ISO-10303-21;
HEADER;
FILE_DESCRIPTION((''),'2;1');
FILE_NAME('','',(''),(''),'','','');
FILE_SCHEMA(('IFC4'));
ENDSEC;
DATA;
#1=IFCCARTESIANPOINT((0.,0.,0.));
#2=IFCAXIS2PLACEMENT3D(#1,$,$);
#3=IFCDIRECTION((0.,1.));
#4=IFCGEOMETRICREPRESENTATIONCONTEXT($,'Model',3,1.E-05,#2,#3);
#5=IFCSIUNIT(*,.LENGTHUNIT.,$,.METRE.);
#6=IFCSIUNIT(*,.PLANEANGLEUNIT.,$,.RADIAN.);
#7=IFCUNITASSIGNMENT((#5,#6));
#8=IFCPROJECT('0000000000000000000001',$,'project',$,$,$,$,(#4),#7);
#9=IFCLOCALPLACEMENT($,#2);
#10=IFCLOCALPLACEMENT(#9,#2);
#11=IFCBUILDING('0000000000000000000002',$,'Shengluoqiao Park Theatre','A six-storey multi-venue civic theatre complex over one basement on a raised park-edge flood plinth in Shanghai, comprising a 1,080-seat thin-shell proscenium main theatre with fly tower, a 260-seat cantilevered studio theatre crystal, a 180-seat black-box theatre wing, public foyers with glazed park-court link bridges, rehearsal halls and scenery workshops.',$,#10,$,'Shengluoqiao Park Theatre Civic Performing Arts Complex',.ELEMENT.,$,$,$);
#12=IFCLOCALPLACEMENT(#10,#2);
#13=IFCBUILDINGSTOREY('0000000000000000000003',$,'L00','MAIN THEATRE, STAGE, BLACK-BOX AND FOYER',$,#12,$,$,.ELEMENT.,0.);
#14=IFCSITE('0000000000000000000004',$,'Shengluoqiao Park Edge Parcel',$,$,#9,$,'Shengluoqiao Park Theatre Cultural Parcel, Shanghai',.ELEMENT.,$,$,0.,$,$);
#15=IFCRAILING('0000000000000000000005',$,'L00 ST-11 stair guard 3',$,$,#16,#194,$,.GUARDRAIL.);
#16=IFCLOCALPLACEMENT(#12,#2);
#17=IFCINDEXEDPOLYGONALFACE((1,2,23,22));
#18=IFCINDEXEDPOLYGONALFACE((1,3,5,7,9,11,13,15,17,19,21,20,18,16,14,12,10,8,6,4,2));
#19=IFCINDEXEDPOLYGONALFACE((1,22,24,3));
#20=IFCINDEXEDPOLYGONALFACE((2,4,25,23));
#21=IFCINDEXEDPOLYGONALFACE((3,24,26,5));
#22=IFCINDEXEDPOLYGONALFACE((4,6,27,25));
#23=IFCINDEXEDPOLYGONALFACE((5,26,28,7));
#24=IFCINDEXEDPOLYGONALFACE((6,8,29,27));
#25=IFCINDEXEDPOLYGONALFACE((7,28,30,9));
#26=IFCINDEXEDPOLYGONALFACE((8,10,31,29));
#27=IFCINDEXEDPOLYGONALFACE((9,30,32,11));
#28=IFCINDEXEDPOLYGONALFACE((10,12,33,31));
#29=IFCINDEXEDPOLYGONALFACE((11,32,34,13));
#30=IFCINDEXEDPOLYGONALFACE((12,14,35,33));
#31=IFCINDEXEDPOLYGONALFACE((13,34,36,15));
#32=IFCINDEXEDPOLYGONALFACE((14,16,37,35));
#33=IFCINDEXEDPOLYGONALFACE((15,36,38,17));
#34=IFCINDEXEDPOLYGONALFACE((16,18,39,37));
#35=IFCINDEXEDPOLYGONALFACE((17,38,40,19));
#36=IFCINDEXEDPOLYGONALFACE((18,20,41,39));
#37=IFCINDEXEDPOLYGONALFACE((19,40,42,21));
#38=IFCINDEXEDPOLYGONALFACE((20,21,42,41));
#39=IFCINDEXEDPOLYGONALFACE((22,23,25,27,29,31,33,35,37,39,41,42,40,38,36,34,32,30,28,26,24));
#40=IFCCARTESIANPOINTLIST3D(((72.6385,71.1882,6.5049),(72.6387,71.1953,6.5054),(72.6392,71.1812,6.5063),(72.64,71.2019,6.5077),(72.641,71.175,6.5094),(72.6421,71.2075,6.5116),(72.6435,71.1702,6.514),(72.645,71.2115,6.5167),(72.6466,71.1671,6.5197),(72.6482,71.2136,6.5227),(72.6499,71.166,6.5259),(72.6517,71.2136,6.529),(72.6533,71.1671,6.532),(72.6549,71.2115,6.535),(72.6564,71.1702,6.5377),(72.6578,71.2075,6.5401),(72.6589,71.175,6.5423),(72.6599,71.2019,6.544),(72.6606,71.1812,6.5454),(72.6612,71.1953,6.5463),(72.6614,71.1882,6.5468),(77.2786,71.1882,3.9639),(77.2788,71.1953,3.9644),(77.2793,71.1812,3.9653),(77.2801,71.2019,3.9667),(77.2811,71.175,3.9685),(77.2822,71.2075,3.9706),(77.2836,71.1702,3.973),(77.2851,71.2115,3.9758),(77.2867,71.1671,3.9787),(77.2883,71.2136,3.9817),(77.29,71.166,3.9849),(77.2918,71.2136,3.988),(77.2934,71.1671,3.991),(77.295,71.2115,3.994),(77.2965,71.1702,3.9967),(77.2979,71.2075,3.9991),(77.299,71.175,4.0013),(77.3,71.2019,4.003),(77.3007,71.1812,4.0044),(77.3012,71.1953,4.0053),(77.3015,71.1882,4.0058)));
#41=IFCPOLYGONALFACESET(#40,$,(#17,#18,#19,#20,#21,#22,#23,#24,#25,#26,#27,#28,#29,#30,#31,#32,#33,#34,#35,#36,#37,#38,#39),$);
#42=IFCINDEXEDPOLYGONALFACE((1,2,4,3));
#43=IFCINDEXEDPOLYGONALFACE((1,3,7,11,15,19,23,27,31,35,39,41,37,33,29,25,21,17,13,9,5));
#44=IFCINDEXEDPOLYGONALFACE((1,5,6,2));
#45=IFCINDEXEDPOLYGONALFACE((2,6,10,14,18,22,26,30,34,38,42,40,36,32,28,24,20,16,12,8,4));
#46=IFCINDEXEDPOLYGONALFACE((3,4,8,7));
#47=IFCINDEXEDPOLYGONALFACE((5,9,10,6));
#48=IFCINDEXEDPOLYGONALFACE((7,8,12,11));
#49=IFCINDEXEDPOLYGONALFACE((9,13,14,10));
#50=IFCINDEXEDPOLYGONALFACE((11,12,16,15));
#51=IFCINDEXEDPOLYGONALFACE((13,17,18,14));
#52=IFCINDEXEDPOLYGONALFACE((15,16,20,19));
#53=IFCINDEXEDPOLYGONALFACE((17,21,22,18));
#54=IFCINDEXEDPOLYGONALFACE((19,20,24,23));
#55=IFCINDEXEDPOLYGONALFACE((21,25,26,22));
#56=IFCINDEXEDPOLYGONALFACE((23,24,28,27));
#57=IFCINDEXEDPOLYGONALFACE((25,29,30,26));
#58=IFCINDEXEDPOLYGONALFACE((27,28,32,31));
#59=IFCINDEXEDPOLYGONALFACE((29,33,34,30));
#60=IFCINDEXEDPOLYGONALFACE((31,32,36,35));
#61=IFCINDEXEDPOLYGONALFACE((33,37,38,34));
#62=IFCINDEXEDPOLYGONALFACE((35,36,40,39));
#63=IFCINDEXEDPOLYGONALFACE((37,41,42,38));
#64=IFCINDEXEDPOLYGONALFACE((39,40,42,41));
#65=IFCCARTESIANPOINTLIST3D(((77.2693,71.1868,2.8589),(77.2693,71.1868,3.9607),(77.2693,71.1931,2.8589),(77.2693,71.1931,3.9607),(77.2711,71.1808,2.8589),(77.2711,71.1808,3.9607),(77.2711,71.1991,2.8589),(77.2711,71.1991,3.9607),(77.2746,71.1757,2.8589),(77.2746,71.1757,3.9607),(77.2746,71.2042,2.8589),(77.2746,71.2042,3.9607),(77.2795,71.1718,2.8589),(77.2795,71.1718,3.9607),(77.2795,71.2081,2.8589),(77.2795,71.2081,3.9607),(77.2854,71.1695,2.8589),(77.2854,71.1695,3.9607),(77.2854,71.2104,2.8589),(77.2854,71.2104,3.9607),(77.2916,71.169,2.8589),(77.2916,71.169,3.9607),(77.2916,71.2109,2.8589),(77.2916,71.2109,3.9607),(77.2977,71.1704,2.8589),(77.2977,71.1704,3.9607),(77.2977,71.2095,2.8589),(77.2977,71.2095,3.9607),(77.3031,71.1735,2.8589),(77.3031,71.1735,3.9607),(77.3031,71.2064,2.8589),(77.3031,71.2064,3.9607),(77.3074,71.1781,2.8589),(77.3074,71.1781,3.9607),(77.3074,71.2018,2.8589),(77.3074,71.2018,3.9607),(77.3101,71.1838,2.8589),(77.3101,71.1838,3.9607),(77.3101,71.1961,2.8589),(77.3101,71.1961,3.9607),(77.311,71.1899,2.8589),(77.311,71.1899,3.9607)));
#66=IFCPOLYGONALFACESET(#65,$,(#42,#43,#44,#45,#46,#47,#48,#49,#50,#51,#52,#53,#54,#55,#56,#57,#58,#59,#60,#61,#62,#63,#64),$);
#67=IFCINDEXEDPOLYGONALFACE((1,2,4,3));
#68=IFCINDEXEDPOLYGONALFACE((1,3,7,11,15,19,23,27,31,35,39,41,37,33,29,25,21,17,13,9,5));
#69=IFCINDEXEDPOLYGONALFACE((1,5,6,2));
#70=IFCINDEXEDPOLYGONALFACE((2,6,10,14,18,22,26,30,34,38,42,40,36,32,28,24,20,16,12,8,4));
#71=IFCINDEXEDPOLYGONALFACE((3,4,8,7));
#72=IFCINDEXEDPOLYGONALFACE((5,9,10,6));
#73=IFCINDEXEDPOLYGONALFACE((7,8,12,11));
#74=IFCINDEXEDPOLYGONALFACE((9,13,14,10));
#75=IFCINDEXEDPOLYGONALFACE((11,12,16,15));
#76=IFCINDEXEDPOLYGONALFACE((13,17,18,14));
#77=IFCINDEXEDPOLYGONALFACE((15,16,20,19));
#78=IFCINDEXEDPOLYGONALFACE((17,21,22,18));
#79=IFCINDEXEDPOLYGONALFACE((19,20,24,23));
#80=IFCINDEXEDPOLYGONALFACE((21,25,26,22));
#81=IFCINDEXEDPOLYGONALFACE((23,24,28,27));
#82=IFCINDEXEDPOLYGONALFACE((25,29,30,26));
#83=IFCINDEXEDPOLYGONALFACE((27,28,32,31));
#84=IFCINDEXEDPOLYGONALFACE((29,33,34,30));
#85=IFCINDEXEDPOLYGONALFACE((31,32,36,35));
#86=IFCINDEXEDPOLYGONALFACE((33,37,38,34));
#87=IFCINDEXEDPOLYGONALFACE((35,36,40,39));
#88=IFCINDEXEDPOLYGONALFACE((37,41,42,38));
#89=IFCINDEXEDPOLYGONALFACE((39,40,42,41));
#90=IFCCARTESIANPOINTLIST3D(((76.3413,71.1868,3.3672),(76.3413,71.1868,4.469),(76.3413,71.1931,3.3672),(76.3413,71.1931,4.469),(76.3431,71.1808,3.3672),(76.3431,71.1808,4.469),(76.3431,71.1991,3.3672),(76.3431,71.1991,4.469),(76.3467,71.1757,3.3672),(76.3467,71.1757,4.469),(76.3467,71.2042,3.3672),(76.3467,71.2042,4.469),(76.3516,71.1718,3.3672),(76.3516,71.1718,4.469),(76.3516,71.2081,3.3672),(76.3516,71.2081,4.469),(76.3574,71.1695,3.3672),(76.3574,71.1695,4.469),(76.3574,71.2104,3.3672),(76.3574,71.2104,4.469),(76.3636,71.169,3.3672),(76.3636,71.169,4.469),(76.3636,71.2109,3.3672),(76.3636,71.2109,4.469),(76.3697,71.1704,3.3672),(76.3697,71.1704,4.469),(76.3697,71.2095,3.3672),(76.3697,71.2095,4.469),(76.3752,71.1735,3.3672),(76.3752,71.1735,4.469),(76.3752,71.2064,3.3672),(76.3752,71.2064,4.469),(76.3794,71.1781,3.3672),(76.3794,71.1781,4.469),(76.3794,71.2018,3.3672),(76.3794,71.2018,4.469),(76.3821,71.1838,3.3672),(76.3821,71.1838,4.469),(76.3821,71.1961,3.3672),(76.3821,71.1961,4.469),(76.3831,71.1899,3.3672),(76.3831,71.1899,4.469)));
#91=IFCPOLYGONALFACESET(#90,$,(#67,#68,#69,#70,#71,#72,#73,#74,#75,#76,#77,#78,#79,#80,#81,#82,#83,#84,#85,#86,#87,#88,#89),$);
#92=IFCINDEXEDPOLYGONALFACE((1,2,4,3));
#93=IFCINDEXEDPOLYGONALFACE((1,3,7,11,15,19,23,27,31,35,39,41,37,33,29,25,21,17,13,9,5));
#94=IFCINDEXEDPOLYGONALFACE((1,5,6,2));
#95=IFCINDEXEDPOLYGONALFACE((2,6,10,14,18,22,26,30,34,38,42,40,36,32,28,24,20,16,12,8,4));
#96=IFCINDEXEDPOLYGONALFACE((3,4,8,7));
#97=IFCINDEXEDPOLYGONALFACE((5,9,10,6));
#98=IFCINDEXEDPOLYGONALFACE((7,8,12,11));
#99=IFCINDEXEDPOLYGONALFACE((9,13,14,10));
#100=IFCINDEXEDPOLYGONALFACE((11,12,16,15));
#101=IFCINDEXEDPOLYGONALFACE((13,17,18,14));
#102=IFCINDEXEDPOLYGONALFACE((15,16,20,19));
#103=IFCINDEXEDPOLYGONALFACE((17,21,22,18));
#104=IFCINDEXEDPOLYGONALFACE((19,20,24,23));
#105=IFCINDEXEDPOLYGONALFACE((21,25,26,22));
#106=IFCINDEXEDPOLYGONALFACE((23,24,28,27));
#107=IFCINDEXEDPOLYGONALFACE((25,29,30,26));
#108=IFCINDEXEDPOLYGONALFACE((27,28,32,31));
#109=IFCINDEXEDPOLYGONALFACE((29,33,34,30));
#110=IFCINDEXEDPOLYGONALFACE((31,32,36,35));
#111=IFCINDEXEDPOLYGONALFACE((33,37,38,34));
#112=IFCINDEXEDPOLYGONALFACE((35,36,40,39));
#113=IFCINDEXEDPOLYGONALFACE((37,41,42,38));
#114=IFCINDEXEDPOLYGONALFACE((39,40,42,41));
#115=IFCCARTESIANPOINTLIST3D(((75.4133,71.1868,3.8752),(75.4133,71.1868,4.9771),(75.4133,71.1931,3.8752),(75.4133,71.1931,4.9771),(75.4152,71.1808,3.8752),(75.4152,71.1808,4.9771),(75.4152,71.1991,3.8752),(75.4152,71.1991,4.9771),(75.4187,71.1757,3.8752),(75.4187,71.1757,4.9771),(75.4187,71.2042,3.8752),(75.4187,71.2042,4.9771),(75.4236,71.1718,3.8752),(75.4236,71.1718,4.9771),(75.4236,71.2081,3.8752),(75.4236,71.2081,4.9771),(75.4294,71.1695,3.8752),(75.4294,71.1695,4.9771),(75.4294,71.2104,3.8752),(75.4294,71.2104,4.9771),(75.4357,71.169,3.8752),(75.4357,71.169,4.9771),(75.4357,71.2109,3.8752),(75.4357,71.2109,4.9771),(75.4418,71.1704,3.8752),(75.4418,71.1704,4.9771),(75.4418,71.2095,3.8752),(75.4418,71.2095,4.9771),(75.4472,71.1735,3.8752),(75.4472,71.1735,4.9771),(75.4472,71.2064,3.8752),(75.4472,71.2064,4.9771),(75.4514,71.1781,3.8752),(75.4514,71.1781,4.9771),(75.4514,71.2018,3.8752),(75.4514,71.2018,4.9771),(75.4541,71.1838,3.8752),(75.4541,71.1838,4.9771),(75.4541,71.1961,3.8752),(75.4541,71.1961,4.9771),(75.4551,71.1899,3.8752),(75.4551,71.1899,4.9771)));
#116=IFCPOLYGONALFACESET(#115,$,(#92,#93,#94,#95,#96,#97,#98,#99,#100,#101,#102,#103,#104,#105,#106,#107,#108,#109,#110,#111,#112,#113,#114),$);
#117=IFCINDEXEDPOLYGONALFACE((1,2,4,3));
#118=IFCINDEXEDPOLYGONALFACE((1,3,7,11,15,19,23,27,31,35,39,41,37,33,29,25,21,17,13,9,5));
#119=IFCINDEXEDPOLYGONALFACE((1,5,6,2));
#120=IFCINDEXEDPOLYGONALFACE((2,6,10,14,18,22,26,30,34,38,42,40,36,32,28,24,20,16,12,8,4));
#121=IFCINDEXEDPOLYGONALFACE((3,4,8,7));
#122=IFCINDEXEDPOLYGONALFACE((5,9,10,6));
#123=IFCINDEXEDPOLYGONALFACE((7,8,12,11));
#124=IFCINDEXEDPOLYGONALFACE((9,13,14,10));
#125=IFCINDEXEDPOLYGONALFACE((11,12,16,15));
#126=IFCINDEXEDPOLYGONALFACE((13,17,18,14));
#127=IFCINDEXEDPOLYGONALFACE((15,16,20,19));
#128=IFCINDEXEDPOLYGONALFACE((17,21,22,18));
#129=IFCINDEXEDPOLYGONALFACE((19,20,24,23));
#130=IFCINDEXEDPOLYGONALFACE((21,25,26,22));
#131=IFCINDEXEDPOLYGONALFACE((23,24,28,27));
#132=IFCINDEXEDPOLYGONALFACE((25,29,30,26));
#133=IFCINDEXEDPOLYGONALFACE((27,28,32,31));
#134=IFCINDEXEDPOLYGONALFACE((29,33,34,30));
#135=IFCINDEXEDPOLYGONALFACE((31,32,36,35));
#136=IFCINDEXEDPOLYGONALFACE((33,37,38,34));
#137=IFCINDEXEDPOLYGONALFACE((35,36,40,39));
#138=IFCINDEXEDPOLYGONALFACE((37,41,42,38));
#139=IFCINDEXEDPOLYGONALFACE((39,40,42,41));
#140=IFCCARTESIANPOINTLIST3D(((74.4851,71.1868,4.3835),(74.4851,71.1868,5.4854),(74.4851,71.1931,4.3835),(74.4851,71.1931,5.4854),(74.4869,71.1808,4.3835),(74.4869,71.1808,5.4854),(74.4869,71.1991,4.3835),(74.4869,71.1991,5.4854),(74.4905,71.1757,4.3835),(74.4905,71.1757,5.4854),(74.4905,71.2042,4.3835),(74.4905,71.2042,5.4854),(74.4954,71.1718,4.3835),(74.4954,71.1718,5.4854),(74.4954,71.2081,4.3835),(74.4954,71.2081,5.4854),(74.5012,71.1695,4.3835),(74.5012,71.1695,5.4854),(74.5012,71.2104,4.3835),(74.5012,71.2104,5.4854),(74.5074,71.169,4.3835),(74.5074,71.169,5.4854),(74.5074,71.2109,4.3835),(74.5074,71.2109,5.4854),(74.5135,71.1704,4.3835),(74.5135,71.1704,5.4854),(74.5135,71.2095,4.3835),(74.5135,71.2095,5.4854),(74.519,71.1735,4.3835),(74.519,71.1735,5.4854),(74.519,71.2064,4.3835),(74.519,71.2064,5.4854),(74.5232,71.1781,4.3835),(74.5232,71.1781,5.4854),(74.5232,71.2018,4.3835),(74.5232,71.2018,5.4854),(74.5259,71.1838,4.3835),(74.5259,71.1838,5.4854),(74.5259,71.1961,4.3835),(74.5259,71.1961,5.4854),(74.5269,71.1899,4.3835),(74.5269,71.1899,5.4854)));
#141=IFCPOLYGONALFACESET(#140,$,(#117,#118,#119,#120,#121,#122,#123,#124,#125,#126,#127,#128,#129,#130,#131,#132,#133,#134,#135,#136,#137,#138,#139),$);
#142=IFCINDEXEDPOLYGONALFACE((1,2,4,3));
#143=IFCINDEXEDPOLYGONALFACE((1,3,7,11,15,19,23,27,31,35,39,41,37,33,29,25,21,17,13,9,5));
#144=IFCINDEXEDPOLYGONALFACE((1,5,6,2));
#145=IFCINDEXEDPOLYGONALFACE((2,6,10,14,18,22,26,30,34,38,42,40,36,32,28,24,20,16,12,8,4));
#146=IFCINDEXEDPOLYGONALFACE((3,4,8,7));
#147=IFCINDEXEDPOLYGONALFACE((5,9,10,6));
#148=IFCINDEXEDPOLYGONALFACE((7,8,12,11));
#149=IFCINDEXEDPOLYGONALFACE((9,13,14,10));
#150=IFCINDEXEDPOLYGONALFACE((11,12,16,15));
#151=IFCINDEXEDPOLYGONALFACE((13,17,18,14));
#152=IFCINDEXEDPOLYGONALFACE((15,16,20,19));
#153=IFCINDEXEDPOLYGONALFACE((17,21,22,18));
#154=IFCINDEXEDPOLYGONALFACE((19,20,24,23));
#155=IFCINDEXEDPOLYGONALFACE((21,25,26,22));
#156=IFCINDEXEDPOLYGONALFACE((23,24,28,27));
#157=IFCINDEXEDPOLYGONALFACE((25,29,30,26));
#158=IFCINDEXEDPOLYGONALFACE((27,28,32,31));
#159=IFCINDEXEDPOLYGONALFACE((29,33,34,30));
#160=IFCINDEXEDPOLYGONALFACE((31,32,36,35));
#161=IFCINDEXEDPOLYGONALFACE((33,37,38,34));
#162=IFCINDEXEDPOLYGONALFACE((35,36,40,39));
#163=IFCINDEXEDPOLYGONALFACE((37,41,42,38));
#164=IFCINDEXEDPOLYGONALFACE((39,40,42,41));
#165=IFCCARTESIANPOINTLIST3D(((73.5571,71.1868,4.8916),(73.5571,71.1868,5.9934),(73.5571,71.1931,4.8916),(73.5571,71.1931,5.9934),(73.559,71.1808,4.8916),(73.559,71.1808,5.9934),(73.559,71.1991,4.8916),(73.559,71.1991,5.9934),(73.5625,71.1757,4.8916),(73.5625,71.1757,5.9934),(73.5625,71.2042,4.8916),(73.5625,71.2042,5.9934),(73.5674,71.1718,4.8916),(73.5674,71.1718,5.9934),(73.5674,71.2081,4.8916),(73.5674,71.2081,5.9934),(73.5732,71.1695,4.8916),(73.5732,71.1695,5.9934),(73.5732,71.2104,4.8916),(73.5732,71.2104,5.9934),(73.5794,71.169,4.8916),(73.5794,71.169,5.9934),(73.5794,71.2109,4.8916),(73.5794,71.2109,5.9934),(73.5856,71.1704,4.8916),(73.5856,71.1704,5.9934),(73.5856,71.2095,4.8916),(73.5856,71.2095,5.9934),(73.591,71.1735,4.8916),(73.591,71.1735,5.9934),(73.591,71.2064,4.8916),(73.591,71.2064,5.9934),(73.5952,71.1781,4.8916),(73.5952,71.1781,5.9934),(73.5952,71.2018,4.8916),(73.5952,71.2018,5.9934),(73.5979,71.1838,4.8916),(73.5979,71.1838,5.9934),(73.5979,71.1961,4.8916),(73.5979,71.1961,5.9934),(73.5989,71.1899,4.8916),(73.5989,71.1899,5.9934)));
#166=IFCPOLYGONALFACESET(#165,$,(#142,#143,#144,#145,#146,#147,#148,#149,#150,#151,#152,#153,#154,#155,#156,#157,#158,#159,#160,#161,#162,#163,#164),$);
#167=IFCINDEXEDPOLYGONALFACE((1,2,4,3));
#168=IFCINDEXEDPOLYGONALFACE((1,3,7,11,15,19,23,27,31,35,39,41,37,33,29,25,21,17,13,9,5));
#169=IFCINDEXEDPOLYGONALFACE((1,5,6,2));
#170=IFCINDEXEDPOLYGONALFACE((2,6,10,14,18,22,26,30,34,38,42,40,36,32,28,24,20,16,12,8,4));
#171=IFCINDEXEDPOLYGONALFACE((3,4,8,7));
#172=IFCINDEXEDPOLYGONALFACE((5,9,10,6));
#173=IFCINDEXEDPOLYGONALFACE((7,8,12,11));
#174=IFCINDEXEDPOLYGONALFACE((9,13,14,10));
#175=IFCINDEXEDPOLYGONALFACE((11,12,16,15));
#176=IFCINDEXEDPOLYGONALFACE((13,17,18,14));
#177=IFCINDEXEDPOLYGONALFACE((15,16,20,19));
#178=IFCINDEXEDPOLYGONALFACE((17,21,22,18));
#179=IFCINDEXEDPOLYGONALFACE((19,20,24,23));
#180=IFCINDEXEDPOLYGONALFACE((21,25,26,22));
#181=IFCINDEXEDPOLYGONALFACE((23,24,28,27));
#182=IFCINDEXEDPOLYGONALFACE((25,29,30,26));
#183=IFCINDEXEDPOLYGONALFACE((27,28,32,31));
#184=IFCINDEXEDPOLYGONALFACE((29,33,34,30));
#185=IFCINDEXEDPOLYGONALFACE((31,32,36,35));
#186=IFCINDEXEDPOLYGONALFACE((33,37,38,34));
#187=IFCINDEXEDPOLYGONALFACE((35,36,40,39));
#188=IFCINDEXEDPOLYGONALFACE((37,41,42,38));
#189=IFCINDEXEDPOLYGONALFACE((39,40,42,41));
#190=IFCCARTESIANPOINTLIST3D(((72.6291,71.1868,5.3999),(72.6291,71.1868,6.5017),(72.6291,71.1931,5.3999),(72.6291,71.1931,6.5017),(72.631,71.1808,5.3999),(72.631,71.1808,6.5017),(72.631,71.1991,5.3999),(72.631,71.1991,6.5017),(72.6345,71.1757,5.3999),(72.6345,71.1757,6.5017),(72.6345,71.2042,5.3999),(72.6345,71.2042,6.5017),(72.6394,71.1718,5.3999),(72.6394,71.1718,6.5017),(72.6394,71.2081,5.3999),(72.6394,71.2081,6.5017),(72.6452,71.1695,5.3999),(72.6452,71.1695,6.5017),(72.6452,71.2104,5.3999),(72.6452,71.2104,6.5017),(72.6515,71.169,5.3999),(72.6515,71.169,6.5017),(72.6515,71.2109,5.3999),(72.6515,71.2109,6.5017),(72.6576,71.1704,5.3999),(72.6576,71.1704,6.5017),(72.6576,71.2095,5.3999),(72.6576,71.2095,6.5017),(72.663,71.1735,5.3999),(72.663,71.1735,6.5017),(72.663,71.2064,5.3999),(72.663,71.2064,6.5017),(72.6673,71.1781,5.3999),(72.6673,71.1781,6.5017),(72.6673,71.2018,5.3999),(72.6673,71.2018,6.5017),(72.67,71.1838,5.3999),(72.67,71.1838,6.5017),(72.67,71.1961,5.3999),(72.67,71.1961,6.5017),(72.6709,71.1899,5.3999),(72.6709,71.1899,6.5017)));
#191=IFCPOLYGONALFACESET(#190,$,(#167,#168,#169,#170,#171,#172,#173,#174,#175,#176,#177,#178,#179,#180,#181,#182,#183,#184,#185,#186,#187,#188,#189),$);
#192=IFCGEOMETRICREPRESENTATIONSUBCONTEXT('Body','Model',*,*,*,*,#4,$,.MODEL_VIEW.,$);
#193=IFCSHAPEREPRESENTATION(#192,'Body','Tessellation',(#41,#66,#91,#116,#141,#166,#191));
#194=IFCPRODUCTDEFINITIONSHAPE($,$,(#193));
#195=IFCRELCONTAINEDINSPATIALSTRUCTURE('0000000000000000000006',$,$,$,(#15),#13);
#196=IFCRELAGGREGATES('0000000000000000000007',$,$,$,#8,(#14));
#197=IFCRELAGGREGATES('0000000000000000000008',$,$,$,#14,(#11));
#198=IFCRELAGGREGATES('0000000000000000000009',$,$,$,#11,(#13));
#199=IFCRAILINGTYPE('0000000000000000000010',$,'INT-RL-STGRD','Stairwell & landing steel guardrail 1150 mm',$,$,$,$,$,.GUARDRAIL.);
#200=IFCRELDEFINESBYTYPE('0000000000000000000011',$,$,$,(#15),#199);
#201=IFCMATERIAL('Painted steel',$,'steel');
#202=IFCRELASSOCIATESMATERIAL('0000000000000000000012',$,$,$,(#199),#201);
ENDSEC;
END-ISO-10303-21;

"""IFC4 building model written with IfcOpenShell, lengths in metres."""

from ifc_helpers import new_model, si_unit, direction, frame, origin, origin_2d, place, context, subcontext, project, spatial, circle, extrude, material, type_object, element, save


model = new_model("IFC4")

# Units and contexts
model_context = context("Model", 3, precision=1e-05, world=origin(), true_north=direction((0.0, 1.0)))
body_context = subcontext(model_context, "Body", "Model", "MODEL_VIEW")
ifc_project = project(units=[si_unit("LENGTHUNIT", "METRE"), si_unit("PLANEANGLEUNIT", "RADIAN")], contexts=[model_context])

# Site, building, storey
site_placement = place(None, origin())
site = spatial("IfcSite", under=ifc_project, at=site_placement, Name="Shengluoqiao Park Edge Parcel", LongName="Shengluoqiao Park Theatre Cultural Parcel, Shanghai", CompositionType="ELEMENT", RefElevation=0.0)
building_placement = place(site_placement, origin())
building = spatial("IfcBuilding", under=site, at=building_placement, Name="Shengluoqiao Park Theatre", Description="A six-storey multi-venue civic theatre complex over one basement on a raised park-edge flood plinth in Shanghai, comprising a 1,080-seat thin-shell proscenium main theatre with fly tower, a 260-seat cantilevered studio theatre crystal, a 180-seat black-box theatre wing, public foyers with glazed park-court link bridges, rehearsal halls and scenery workshops.", LongName="Shengluoqiao Park Theatre Civic Performing Arts Complex", CompositionType="ELEMENT")
storey_placement = place(building_placement, origin())
storey = spatial("IfcBuildingStorey", under=building, at=storey_placement, Name="L00", Description="MAIN THEATRE, STAGE, BLACK-BOX AND FOYER", CompositionType="ELEMENT", Elevation=0.0)

# Railing
ifc_material_1 = material(Name="Painted steel", Category="steel")
railing_type_1 = type_object("IfcRailingType", Name="INT-RL-STGRD", Description="Stairwell & landing steel guardrail 1150 mm", PredefinedType="GUARDRAIL", material=ifc_material_1)
railing_1_placement = place(storey_placement, frame((77.29, 71.1899, 2.8589)))
element("IfcRailing", 1, at=railing_1_placement, inside=storey, type_object=railing_type_1, Name="L00 ST-11 stair guard 3", PredefinedType="GUARDRAIL", context=body_context, shape_type="SweptSolid", body=[
    extrude(circle(Radius=0.0239, at=origin_2d()), frame((0.0, 0.0, 1.126), z_axis=(-0.877097, 0.0, 0.480313), x_axis=(0.0, -1.0, 0.0)), (0.0, 0.0, 1.0), 5.2903),
    extrude(circle(Radius=0.021, at=origin_2d()), origin(), (0.0, 0.0, 1.0), 1.1018),
    extrude(circle(Radius=0.021, at=origin_2d()), frame((-0.928, 0.0, 0.5083)), (0.0, 0.0, 1.0), 1.1018),
    extrude(circle(Radius=0.021, at=origin_2d()), frame((-1.856, 0.0, 1.0164)), (0.0, 0.0, 1.0), 1.1018),
    extrude(circle(Radius=0.021, at=origin_2d()), frame((-2.7842, 0.0, 1.5247)), (0.0, 0.0, 1.0), 1.1018),
    extrude(circle(Radius=0.021, at=origin_2d()), frame((-3.7122, 0.0, 2.0327)), (0.0, 0.0, 1.0), 1.1018),
    extrude(circle(Radius=0.021, at=origin_2d()), frame((-4.6401, 0.0, 2.541)), (0.0, 0.0, 1.0), 1.1018),
])

save(model, "model.ifc")
